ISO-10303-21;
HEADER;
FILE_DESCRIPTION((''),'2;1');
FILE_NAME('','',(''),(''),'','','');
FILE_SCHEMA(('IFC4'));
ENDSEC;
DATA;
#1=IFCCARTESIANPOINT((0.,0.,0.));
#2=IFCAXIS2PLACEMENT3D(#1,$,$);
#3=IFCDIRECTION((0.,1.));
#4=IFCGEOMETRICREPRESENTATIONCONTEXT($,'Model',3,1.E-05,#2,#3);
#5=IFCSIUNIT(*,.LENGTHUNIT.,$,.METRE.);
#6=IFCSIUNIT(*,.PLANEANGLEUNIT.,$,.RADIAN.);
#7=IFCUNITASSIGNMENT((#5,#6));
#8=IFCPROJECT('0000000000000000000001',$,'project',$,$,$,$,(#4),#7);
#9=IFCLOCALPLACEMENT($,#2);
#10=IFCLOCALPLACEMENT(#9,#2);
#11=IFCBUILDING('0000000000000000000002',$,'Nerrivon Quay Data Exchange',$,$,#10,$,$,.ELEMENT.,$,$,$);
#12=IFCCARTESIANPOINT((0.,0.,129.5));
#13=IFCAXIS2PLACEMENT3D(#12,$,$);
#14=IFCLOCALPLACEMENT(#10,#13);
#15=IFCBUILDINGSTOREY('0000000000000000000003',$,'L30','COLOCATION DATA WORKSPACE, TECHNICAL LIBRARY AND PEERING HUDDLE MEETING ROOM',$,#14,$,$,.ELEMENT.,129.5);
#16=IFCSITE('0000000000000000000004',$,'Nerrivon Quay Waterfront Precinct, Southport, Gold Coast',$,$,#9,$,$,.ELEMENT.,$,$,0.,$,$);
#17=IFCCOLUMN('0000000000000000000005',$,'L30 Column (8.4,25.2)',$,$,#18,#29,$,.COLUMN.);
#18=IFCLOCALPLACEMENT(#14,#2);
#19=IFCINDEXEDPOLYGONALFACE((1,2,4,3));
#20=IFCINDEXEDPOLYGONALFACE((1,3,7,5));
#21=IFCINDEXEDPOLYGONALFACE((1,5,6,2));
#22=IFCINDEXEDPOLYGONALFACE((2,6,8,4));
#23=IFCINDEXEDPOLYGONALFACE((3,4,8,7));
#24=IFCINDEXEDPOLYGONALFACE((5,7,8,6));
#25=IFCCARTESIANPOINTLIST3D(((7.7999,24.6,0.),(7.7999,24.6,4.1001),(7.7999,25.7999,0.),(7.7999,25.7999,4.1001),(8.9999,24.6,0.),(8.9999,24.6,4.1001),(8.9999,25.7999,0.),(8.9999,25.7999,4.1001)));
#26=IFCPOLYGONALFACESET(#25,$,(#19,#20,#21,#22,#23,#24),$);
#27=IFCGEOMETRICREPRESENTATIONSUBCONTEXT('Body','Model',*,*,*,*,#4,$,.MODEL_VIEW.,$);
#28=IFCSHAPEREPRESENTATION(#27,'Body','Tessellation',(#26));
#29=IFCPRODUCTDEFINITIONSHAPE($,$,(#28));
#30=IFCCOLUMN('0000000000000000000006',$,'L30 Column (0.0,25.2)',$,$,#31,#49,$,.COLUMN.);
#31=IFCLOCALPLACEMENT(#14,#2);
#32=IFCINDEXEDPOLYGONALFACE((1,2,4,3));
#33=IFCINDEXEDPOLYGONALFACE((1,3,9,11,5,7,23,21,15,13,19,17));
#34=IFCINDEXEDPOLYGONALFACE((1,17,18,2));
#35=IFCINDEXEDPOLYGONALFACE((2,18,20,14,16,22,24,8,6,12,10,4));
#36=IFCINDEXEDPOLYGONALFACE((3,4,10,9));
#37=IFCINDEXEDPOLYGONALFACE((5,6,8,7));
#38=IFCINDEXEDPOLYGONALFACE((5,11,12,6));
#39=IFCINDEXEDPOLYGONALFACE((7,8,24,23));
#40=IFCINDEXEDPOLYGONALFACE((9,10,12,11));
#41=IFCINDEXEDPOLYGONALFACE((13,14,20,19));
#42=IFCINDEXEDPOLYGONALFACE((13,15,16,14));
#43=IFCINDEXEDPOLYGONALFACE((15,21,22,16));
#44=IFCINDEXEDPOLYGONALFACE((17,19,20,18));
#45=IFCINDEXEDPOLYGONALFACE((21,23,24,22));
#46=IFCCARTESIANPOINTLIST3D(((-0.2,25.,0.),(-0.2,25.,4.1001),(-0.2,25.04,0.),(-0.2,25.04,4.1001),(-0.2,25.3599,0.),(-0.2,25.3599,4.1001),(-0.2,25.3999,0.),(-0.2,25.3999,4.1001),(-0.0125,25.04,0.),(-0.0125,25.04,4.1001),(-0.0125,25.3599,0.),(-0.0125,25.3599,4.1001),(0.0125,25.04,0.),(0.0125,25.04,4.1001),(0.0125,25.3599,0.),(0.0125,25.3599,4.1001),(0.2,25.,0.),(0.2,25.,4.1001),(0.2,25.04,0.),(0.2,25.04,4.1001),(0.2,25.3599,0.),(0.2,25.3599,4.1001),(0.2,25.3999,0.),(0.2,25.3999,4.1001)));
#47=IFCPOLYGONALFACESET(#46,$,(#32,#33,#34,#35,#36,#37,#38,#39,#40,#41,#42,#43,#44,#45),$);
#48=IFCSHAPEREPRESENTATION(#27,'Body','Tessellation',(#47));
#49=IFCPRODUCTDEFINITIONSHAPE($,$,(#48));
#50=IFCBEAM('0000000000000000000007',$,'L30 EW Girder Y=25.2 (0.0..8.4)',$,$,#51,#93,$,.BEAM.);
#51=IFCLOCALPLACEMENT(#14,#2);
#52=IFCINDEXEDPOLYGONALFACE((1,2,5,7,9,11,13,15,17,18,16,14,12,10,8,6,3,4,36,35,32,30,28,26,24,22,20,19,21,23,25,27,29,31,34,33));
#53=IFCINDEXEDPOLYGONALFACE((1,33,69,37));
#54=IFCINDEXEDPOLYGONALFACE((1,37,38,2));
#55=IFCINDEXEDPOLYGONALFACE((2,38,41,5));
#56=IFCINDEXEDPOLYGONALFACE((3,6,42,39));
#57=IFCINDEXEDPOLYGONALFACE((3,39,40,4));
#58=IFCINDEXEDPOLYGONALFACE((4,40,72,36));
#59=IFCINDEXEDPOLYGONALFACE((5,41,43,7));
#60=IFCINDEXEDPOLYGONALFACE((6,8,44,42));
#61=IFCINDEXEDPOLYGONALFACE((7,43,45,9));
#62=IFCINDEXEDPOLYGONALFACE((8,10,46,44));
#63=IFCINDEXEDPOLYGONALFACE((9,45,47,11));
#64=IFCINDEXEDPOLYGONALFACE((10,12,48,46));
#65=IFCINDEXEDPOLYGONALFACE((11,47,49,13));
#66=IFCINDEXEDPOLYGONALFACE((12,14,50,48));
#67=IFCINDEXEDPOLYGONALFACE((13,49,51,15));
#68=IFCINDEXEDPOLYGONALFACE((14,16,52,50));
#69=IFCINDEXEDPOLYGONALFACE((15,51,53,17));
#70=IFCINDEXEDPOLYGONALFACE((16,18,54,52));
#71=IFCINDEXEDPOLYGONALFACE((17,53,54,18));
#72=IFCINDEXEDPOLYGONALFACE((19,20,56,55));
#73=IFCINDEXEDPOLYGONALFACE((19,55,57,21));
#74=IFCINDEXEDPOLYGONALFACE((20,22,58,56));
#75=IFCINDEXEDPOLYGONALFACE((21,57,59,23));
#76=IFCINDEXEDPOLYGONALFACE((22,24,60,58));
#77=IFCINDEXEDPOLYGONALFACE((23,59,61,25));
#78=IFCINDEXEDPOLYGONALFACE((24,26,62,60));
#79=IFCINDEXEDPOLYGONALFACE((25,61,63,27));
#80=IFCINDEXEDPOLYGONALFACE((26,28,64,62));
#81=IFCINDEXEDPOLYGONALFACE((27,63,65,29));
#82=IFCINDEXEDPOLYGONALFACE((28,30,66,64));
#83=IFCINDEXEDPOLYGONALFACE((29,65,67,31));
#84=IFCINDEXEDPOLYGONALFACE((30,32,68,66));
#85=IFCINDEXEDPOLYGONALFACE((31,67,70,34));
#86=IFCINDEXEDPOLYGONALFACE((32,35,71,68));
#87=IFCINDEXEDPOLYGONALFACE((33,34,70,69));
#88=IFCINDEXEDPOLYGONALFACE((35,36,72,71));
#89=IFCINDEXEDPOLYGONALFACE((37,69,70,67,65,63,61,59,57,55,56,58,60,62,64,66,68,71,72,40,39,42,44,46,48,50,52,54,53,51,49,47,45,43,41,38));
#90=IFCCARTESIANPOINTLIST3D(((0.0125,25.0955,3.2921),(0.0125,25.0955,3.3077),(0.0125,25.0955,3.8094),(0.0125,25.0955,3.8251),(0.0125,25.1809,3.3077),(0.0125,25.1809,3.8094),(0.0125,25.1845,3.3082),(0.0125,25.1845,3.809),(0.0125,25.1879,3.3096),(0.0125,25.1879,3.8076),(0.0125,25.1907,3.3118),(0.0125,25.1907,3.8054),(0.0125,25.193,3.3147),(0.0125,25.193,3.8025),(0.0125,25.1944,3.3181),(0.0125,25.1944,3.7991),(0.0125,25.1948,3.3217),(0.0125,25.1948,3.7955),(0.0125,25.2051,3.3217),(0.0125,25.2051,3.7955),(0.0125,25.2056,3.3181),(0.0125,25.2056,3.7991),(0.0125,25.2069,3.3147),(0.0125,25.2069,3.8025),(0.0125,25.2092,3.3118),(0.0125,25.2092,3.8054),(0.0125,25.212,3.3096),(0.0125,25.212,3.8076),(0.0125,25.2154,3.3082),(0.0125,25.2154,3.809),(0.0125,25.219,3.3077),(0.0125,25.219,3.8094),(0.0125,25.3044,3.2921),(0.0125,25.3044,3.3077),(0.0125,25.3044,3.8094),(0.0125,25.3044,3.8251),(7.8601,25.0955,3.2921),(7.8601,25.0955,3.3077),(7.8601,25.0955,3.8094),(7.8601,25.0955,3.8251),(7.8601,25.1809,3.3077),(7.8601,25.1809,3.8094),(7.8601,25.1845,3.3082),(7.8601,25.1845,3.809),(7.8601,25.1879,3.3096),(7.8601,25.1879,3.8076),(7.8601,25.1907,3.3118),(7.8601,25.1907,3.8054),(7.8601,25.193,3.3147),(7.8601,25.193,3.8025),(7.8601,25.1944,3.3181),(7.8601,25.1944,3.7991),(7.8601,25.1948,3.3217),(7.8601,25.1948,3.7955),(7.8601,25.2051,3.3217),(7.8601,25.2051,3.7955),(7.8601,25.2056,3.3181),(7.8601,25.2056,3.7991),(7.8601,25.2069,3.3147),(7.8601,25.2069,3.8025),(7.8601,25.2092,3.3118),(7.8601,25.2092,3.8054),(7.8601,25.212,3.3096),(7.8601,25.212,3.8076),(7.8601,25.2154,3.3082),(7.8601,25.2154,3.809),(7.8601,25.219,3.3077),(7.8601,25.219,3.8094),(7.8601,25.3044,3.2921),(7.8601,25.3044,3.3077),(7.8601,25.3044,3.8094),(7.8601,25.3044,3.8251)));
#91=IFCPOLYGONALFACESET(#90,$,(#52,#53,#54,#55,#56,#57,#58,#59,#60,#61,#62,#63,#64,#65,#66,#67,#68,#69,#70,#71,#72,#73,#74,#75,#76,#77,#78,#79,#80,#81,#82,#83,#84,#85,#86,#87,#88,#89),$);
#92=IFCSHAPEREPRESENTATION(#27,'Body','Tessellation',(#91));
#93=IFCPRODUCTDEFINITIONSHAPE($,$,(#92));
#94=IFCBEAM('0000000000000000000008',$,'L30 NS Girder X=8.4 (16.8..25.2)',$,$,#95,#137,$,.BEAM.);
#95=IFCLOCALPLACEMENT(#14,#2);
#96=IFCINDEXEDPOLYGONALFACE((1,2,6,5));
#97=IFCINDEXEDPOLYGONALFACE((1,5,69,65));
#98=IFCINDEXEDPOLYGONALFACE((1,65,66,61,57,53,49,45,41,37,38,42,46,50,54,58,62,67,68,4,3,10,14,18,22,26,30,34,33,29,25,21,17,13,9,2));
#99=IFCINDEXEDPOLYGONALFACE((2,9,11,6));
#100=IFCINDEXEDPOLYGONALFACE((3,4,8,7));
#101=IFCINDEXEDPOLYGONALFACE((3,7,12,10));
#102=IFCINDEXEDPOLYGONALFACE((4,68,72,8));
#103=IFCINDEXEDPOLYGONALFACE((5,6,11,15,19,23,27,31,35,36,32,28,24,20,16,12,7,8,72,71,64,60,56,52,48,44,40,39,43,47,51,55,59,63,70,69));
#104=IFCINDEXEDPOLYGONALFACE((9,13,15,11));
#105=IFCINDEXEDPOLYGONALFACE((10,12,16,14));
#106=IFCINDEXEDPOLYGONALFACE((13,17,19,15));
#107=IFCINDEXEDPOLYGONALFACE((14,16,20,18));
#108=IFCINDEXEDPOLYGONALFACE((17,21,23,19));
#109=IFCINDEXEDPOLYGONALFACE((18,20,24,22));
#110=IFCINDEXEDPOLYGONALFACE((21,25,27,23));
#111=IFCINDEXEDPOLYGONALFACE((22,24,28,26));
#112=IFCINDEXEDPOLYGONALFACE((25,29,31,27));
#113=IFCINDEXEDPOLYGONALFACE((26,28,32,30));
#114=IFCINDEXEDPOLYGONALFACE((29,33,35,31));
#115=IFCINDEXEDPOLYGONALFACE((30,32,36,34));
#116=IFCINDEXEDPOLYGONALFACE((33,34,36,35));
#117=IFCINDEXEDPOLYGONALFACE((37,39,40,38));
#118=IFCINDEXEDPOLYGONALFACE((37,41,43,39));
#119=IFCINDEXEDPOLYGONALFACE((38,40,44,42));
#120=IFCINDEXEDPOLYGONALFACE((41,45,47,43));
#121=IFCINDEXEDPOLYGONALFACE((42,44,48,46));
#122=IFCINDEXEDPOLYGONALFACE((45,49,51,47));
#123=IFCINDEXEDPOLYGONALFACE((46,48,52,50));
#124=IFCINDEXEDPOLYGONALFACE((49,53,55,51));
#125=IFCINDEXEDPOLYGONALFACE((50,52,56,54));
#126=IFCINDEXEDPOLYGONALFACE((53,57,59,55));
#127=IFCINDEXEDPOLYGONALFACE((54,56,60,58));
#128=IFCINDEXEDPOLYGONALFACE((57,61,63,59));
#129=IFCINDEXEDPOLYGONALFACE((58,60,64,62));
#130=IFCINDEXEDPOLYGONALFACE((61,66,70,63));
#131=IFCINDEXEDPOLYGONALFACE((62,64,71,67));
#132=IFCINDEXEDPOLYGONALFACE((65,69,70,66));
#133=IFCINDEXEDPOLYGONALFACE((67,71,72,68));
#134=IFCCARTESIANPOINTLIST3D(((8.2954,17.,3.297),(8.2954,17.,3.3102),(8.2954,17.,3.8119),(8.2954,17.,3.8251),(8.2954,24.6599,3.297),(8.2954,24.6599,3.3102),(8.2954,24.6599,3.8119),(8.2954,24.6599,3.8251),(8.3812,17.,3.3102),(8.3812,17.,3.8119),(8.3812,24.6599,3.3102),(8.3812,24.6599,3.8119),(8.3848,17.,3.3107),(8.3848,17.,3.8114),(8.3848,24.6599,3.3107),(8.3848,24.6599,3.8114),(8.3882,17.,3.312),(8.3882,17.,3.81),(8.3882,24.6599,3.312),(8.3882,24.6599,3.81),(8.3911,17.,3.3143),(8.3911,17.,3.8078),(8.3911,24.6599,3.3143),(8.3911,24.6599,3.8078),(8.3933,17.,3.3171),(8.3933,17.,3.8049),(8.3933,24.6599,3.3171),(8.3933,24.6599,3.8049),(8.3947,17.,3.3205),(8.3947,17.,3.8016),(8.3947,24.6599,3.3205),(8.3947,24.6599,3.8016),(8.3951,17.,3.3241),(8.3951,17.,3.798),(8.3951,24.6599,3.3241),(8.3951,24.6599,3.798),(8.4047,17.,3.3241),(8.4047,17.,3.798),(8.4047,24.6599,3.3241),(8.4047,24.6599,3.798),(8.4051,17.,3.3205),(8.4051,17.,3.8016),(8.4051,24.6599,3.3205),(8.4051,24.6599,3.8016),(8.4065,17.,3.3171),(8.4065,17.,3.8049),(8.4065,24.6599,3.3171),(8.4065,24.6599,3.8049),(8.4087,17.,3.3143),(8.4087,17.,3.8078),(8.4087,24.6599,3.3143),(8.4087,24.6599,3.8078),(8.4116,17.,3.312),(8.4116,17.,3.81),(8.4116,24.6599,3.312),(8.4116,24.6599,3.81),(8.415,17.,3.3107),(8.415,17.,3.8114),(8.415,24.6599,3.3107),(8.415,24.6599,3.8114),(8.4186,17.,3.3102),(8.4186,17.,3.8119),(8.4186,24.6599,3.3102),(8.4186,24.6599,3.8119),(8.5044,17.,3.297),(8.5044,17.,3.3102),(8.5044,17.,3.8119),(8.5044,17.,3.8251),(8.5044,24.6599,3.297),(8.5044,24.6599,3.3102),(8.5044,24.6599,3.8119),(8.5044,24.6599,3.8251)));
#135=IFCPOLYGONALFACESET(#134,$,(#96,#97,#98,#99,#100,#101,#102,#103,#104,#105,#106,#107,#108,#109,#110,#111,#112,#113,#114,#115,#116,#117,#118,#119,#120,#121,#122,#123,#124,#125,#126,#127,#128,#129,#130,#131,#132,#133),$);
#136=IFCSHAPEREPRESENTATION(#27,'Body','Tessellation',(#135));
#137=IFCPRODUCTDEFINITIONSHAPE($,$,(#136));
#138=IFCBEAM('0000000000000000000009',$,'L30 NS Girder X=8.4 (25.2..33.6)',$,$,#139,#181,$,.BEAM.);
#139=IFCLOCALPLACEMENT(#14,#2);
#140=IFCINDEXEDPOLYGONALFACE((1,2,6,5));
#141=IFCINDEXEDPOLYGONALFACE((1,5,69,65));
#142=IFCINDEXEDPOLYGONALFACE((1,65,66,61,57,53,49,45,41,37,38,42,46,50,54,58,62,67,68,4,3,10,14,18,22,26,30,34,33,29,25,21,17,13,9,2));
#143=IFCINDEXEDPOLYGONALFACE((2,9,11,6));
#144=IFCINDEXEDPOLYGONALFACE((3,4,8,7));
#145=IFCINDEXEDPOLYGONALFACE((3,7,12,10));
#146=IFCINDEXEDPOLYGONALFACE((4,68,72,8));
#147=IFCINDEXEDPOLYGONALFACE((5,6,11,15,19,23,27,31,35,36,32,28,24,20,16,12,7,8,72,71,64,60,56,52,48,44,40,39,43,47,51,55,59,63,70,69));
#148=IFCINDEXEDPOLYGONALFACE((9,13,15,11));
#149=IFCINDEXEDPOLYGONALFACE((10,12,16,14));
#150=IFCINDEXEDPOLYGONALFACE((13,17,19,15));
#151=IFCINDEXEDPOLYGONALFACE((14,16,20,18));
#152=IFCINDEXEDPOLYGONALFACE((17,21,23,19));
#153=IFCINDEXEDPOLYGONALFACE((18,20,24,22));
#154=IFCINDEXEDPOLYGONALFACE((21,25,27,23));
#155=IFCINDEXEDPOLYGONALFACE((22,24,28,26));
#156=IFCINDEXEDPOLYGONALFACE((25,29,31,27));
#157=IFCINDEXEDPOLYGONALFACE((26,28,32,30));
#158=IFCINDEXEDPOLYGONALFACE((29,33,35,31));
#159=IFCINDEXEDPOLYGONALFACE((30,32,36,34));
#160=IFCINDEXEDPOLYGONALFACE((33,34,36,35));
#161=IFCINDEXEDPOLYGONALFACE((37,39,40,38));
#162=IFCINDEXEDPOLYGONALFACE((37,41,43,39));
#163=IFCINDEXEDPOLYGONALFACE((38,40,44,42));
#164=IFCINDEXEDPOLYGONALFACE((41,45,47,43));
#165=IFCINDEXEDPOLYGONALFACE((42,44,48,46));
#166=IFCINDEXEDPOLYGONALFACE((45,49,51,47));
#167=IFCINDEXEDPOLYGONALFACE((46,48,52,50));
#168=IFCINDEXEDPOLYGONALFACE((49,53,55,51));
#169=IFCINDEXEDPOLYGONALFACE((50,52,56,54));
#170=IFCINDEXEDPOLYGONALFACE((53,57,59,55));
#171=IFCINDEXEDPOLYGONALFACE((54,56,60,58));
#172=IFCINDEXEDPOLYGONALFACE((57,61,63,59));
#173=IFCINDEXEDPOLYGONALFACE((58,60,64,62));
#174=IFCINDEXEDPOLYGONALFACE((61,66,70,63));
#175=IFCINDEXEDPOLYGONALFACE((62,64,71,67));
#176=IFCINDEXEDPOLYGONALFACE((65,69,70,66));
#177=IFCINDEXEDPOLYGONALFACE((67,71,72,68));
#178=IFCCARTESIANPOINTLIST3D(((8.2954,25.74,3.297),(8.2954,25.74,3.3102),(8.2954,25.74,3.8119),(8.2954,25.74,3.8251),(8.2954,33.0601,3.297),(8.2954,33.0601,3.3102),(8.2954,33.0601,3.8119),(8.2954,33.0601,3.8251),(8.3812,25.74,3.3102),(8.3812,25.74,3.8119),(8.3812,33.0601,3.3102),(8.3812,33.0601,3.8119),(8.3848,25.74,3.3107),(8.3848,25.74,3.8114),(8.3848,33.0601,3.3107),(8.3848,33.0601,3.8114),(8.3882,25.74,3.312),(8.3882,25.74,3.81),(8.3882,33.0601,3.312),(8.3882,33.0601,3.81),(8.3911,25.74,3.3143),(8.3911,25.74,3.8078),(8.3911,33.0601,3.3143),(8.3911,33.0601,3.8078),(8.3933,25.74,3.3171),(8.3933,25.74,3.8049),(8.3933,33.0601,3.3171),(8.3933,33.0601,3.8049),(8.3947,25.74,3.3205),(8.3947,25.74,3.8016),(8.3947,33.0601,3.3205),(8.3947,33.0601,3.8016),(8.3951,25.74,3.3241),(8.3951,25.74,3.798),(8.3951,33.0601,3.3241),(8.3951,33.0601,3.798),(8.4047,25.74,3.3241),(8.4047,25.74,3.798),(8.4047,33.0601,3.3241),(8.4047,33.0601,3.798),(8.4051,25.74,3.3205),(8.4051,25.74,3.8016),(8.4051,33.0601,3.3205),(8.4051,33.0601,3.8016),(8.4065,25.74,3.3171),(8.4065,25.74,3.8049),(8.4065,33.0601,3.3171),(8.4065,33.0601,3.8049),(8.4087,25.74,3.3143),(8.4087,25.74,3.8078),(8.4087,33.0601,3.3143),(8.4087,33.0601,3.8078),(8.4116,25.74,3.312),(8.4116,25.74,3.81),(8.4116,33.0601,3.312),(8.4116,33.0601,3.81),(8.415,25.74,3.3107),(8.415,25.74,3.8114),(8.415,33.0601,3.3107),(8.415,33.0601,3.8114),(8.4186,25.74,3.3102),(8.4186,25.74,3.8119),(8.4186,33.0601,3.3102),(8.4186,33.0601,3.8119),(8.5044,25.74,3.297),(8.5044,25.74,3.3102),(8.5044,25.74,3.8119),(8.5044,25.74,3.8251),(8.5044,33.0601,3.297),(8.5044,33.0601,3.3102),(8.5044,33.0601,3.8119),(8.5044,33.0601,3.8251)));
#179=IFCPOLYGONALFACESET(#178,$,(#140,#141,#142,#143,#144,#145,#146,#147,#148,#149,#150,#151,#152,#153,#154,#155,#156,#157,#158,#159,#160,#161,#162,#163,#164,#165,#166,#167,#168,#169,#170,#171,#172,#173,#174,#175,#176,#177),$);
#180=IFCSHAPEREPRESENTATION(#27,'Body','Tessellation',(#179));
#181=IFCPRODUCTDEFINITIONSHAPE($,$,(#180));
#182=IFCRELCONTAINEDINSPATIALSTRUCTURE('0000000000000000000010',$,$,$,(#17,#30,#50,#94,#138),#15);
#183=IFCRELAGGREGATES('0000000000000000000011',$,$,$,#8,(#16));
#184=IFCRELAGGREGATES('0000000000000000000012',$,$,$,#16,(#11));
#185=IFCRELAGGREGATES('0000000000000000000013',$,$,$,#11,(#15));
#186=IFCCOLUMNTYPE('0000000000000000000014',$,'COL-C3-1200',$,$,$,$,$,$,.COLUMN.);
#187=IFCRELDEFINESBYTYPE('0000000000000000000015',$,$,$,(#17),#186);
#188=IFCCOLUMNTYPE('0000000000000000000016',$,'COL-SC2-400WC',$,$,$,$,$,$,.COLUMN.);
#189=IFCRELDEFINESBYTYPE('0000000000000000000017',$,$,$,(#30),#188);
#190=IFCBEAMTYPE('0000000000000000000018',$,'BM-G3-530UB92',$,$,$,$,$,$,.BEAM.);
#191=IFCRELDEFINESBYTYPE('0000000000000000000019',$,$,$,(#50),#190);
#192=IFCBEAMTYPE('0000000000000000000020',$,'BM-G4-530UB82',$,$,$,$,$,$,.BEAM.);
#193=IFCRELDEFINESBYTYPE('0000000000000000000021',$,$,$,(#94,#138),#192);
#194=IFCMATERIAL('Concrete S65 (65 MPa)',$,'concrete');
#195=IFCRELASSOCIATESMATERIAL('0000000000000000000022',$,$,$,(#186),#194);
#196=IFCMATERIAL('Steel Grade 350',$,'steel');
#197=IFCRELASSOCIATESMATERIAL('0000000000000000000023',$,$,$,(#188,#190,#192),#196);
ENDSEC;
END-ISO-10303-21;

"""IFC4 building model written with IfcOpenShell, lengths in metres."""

from ifc_helpers import new_model, si_unit, direction, frame, origin, origin_2d, place, context, subcontext, project, spatial, rectangle, i_section, extrude, material, material_profile, profile_set, type_object, element, save


model = new_model("IFC4")

# Units and contexts
model_context = context("Model", 3, precision=1e-05, world=origin(), true_north=direction((0.0, 1.0)))
body_context = subcontext(model_context, "Body", "Model", "MODEL_VIEW")
ifc_project = project(units=[si_unit("LENGTHUNIT", "METRE"), si_unit("PLANEANGLEUNIT", "RADIAN")], contexts=[model_context])

# Site, building, storey
site_placement = place(None, origin())
site = spatial("IfcSite", under=ifc_project, at=site_placement, Name="Nerrivon Quay Waterfront Precinct, Southport, Gold Coast", CompositionType="ELEMENT", RefElevation=0.0)
building_placement = place(site_placement, origin())
building = spatial("IfcBuilding", under=site, at=building_placement, Name="Nerrivon Quay Data Exchange", CompositionType="ELEMENT")
storey_placement = place(building_placement, frame((0.0, 0.0, 129.5)))
storey = spatial("IfcBuildingStorey", under=building, at=storey_placement, Name="L30", Description="COLOCATION DATA WORKSPACE, TECHNICAL LIBRARY AND PEERING HUDDLE MEETING ROOM", CompositionType="ELEMENT", Elevation=129.5)

# Columns
ifc_material_1 = material(Name="Concrete S65 (65 MPa)", Category="concrete")
ifc_material_profile_1 = material_profile(ifc_material_1, rectangle(XDim=1.2, YDim=1.2, at=origin_2d()), Name="RC-COL-1200x1200")
ifc_profile_set_1 = profile_set([ifc_material_profile_1], Name="Concrete S65 (65 MPa)")
column_type_1 = type_object("IfcColumnType", Name="COL-C3-1200", PredefinedType="COLUMN", material=ifc_profile_set_1)
column_1_placement = place(storey_placement, frame((8.3999, 25.2, 0.0), z_axis=(0.0, 0.0, 1.0), x_axis=(1.0, 0.0, 0.0)))
element("IfcColumn", 1, at=column_1_placement, inside=storey, type_object=column_type_1, Name="L30 Column (8.4,25.2)", PredefinedType="COLUMN", context=body_context, shape_type="SweptSolid", body=[
    extrude(rectangle(XDim=1.2, YDim=1.2, at=origin_2d()), origin(), (0.0, 0.0, 1.0), 4.1001),
])
ifc_material_2 = material(Name="Steel Grade 350", Category="steel")
ifc_material_profile_2 = material_profile(ifc_material_2, i_section(OverallWidth=0.3999, OverallDepth=0.3999, WebThickness=0.0249, FlangeThickness=0.04, at=origin_2d()), Name="400WC328")
ifc_profile_set_2 = profile_set([ifc_material_profile_2], Name="Steel Grade 350")
column_type_2 = type_object("IfcColumnType", Name="COL-SC2-400WC", PredefinedType="COLUMN", material=ifc_profile_set_2)
column_2_placement = place(storey_placement, frame((0.0, 25.2, 0.0), z_axis=(0.0, 0.0, 1.0), x_axis=(1.0, 0.0, 0.0)))
element("IfcColumn", 2, at=column_2_placement, inside=storey, type_object=column_type_2, Name="L30 Column (0.0,25.2)", PredefinedType="COLUMN", context=body_context, shape_type="SweptSolid", body=[
    extrude(i_section(OverallWidth=0.3999, OverallDepth=0.3999, WebThickness=0.0249, FlangeThickness=0.04, at=origin_2d()), origin(), (0.0, 0.0, 1.0), 4.1001),
])

# Beams
ifc_material_profile_3 = material_profile(ifc_material_2, i_section(OverallWidth=0.209, OverallDepth=0.533, WebThickness=0.0103, FlangeThickness=0.0156, FilletRadius=0.0139, at=origin_2d()), Name="530UB92.4")
ifc_profile_set_3 = profile_set([ifc_material_profile_3], Name="Steel Grade 350")
beam_type_1 = type_object("IfcBeamType", Name="BM-G3-530UB92", PredefinedType="BEAM", material=ifc_profile_set_3)
beam_1_placement = place(storey_placement, frame((0.0125, 25.2, 3.5586), z_axis=(1.0, 0.0, 0.0), x_axis=(0.0, 1.0, 0.0)))
element("IfcBeam", 3, at=beam_1_placement, inside=storey, type_object=beam_type_1, Name="L30 EW Girder Y=25.2 (0.0..8.4)", PredefinedType="BEAM", context=body_context, shape_type="SweptSolid", body=[
    extrude(i_section(OverallWidth=0.209, OverallDepth=0.533, WebThickness=0.0103, FlangeThickness=0.0156, FilletRadius=0.0139, at=origin_2d()), origin(), (0.0, 0.0, 1.0), 7.8477),
])
ifc_material_profile_4 = material_profile(ifc_material_2, i_section(OverallWidth=0.209, OverallDepth=0.5281, WebThickness=0.0095, FlangeThickness=0.0132, FilletRadius=0.0139, at=origin_2d()), Name="530UB82.0")
ifc_profile_set_4 = profile_set([ifc_material_profile_4], Name="Steel Grade 350")
beam_type_2 = type_object("IfcBeamType", Name="BM-G4-530UB82", PredefinedType="BEAM", material=ifc_profile_set_4)
beam_2_placement = place(storey_placement, frame((8.3999, 17.0, 3.561), z_axis=(0.0, 1.0, 0.0), x_axis=(-1.0, 0.0, 0.0)))
element("IfcBeam", 4, at=beam_2_placement, inside=storey, type_object=beam_type_2, Name="L30 NS Girder X=8.4 (16.8..25.2)", PredefinedType="BEAM", context=body_context, shape_type="SweptSolid", body=[
    extrude(i_section(OverallWidth=0.209, OverallDepth=0.5281, WebThickness=0.0095, FlangeThickness=0.0132, FilletRadius=0.0139, at=origin_2d()), origin(), (0.0, 0.0, 1.0), 7.6599),
])
beam_3_placement = place(storey_placement, frame((8.3999, 25.74, 3.561), z_axis=(0.0, 1.0, 0.0), x_axis=(-1.0, 0.0, 0.0)))
element("IfcBeam", 5, at=beam_3_placement, inside=storey, type_object=beam_type_2, Name="L30 NS Girder X=8.4 (25.2..33.6)", PredefinedType="BEAM", context=body_context, shape_type="SweptSolid", body=[
    extrude(i_section(OverallWidth=0.209, OverallDepth=0.5281, WebThickness=0.0095, FlangeThickness=0.0132, FilletRadius=0.0139, at=origin_2d()), origin(), (0.0, 0.0, 1.0), 7.3201),
])

save(model, "model.ifc")
